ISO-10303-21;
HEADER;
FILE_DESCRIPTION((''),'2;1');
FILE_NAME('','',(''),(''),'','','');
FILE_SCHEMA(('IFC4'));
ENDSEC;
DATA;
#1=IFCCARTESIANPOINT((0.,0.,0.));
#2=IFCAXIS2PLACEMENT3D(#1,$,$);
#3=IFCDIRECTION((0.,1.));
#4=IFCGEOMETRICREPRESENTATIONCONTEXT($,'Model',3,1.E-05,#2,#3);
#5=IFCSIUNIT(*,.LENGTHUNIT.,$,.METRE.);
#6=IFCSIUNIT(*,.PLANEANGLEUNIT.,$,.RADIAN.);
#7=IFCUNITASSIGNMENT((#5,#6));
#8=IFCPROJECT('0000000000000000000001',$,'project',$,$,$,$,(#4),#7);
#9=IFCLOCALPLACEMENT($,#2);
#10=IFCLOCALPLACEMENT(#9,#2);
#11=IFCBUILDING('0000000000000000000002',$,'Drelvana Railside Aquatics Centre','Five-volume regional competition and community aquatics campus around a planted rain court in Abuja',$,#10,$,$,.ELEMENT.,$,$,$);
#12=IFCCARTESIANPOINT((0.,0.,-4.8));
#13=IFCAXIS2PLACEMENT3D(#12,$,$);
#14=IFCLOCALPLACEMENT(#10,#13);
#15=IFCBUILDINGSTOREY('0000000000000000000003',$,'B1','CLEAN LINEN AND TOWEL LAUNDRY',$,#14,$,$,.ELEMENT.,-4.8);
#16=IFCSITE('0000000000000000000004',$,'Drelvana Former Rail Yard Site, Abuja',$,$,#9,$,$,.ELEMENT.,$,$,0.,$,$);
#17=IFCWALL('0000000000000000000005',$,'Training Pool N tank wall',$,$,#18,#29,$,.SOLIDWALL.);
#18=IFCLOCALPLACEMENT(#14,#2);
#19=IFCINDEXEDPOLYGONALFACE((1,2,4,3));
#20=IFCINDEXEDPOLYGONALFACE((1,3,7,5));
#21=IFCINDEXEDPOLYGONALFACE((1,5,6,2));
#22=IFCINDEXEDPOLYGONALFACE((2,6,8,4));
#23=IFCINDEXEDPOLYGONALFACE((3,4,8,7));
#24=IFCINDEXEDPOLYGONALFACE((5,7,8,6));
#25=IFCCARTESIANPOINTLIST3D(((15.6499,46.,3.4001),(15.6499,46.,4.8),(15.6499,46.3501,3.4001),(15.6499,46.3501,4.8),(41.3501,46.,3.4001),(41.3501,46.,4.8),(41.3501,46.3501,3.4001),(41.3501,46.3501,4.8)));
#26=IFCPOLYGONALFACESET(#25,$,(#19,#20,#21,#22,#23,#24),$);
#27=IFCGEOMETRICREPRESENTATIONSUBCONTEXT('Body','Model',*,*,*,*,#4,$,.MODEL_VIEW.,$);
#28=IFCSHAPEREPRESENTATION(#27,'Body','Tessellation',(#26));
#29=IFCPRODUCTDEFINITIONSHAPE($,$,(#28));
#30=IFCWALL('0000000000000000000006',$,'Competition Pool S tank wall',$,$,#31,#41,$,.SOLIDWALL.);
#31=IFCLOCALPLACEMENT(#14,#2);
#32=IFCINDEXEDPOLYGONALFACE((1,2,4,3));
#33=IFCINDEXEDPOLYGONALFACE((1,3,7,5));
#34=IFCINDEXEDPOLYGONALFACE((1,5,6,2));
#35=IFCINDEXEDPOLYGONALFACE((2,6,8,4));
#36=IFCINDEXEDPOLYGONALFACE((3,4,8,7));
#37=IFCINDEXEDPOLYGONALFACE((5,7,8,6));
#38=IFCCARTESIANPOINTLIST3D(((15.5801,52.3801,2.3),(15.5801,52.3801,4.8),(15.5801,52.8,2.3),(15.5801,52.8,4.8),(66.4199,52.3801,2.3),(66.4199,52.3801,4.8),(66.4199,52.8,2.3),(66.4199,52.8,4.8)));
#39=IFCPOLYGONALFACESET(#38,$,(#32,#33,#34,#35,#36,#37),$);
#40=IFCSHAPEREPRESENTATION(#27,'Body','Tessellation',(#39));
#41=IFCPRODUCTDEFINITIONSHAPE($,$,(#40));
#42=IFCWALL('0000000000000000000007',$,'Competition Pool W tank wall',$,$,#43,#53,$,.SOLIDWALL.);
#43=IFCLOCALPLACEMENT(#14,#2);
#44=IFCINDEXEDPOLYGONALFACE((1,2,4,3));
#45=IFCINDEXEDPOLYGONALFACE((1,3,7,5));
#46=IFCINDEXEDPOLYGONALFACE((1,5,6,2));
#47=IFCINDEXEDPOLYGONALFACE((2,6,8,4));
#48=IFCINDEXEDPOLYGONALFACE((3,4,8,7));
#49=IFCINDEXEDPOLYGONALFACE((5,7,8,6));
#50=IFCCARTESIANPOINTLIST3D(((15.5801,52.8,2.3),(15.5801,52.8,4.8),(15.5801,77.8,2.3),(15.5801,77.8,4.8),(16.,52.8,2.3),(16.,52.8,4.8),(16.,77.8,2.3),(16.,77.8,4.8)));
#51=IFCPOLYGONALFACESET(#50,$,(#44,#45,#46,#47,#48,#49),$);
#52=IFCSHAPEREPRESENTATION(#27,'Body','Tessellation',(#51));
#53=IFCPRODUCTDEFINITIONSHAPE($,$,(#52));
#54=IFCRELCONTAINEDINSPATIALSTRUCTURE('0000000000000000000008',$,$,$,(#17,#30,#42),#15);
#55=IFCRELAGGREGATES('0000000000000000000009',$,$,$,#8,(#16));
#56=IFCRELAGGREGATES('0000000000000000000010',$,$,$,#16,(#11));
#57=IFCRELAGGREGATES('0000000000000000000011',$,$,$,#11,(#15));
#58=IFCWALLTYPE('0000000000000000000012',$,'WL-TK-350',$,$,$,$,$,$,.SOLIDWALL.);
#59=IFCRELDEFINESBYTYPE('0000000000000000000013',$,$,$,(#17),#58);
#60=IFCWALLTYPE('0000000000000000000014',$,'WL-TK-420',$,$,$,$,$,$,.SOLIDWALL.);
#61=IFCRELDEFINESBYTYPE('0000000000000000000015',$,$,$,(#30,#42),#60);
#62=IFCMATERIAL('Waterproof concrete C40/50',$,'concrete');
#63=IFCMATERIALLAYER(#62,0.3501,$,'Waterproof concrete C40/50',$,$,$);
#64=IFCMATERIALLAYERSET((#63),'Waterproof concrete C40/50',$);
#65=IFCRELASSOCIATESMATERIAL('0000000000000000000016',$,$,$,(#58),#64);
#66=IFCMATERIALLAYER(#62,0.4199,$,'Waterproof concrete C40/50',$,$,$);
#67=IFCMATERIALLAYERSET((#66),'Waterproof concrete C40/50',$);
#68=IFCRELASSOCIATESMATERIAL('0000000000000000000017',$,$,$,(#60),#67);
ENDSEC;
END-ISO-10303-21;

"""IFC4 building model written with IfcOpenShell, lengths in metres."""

from ifc_helpers import new_model, si_unit, direction, frame, frame_2d, origin, place, context, subcontext, project, spatial, rectangle, extrude, material, layer, layer_set, type_object, element, save


model = new_model("IFC4")

# Units and contexts
model_context = context("Model", 3, precision=1e-05, world=origin(), true_north=direction((0.0, 1.0)))
body_context = subcontext(model_context, "Body", "Model", "MODEL_VIEW")
ifc_project = project(units=[si_unit("LENGTHUNIT", "METRE"), si_unit("PLANEANGLEUNIT", "RADIAN")], contexts=[model_context])

# Site, building, storey
site_placement = place(None, origin())
site = spatial("IfcSite", under=ifc_project, at=site_placement, Name="Drelvana Former Rail Yard Site, Abuja", CompositionType="ELEMENT", RefElevation=0.0)
building_placement = place(site_placement, origin())
building = spatial("IfcBuilding", under=site, at=building_placement, Name="Drelvana Railside Aquatics Centre", Description="Five-volume regional competition and community aquatics campus around a planted rain court in Abuja", CompositionType="ELEMENT")
storey_placement = place(building_placement, frame((0.0, 0.0, -4.8)))
storey = spatial("IfcBuildingStorey", under=building, at=storey_placement, Name="B1", Description="CLEAN LINEN AND TOWEL LAUNDRY", CompositionType="ELEMENT", Elevation=-4.8)

# Walls
ifc_material_1 = material(Name="Waterproof concrete C40/50", Category="concrete")
ifc_layer_1 = layer(ifc_material_1, 0.3501, Name="Waterproof concrete C40/50")
ifc_layer_set_1 = layer_set([ifc_layer_1], Name="Waterproof concrete C40/50")
wall_type_1 = type_object("IfcWallType", Name="WL-TK-350", PredefinedType="SOLIDWALL", material=ifc_layer_set_1)
wall_1_placement = place(storey_placement, frame((15.6499, 46.175, 3.4001), z_axis=(0.0, 0.0, 1.0), x_axis=(1.0, 0.0, 0.0)))
element("IfcWall", 1, at=wall_1_placement, inside=storey, type_object=wall_type_1, Name="Training Pool N tank wall", PredefinedType="SOLIDWALL", context=body_context, shape_type="SweptSolid", body=[
    extrude(rectangle(XDim=25.7002, YDim=0.3501, at=frame_2d((12.8501, 0.0))), origin(), (0.0, 0.0, 1.0), 1.3999),
])
ifc_layer_2 = layer(ifc_material_1, 0.4199, Name="Waterproof concrete C40/50")
ifc_layer_set_2 = layer_set([ifc_layer_2], Name="Waterproof concrete C40/50")
wall_type_2 = type_object("IfcWallType", Name="WL-TK-420", PredefinedType="SOLIDWALL", material=ifc_layer_set_2)
wall_2_placement = place(storey_placement, frame((15.5801, 52.5901, 2.3), z_axis=(0.0, 0.0, 1.0), x_axis=(1.0, 0.0, 0.0)))
element("IfcWall", 2, at=wall_2_placement, inside=storey, type_object=wall_type_2, Name="Competition Pool S tank wall", PredefinedType="SOLIDWALL", context=body_context, shape_type="SweptSolid", body=[
    extrude(rectangle(XDim=50.8398, YDim=0.4199, at=frame_2d((25.4199, 0.0))), origin(), (0.0, 0.0, 1.0), 2.5),
])
wall_3_placement = place(storey_placement, frame((15.79, 52.8, 2.3), z_axis=(0.0, 0.0, 1.0), x_axis=(0.0, 1.0, 0.0)))
element("IfcWall", 3, at=wall_3_placement, inside=storey, type_object=wall_type_2, Name="Competition Pool W tank wall", PredefinedType="SOLIDWALL", context=body_context, shape_type="SweptSolid", body=[
    extrude(rectangle(XDim=25.0, YDim=0.4199, at=frame_2d((12.5, 0.0))), origin(), (0.0, 0.0, 1.0), 2.5),
])

save(model, "model.ifc")
